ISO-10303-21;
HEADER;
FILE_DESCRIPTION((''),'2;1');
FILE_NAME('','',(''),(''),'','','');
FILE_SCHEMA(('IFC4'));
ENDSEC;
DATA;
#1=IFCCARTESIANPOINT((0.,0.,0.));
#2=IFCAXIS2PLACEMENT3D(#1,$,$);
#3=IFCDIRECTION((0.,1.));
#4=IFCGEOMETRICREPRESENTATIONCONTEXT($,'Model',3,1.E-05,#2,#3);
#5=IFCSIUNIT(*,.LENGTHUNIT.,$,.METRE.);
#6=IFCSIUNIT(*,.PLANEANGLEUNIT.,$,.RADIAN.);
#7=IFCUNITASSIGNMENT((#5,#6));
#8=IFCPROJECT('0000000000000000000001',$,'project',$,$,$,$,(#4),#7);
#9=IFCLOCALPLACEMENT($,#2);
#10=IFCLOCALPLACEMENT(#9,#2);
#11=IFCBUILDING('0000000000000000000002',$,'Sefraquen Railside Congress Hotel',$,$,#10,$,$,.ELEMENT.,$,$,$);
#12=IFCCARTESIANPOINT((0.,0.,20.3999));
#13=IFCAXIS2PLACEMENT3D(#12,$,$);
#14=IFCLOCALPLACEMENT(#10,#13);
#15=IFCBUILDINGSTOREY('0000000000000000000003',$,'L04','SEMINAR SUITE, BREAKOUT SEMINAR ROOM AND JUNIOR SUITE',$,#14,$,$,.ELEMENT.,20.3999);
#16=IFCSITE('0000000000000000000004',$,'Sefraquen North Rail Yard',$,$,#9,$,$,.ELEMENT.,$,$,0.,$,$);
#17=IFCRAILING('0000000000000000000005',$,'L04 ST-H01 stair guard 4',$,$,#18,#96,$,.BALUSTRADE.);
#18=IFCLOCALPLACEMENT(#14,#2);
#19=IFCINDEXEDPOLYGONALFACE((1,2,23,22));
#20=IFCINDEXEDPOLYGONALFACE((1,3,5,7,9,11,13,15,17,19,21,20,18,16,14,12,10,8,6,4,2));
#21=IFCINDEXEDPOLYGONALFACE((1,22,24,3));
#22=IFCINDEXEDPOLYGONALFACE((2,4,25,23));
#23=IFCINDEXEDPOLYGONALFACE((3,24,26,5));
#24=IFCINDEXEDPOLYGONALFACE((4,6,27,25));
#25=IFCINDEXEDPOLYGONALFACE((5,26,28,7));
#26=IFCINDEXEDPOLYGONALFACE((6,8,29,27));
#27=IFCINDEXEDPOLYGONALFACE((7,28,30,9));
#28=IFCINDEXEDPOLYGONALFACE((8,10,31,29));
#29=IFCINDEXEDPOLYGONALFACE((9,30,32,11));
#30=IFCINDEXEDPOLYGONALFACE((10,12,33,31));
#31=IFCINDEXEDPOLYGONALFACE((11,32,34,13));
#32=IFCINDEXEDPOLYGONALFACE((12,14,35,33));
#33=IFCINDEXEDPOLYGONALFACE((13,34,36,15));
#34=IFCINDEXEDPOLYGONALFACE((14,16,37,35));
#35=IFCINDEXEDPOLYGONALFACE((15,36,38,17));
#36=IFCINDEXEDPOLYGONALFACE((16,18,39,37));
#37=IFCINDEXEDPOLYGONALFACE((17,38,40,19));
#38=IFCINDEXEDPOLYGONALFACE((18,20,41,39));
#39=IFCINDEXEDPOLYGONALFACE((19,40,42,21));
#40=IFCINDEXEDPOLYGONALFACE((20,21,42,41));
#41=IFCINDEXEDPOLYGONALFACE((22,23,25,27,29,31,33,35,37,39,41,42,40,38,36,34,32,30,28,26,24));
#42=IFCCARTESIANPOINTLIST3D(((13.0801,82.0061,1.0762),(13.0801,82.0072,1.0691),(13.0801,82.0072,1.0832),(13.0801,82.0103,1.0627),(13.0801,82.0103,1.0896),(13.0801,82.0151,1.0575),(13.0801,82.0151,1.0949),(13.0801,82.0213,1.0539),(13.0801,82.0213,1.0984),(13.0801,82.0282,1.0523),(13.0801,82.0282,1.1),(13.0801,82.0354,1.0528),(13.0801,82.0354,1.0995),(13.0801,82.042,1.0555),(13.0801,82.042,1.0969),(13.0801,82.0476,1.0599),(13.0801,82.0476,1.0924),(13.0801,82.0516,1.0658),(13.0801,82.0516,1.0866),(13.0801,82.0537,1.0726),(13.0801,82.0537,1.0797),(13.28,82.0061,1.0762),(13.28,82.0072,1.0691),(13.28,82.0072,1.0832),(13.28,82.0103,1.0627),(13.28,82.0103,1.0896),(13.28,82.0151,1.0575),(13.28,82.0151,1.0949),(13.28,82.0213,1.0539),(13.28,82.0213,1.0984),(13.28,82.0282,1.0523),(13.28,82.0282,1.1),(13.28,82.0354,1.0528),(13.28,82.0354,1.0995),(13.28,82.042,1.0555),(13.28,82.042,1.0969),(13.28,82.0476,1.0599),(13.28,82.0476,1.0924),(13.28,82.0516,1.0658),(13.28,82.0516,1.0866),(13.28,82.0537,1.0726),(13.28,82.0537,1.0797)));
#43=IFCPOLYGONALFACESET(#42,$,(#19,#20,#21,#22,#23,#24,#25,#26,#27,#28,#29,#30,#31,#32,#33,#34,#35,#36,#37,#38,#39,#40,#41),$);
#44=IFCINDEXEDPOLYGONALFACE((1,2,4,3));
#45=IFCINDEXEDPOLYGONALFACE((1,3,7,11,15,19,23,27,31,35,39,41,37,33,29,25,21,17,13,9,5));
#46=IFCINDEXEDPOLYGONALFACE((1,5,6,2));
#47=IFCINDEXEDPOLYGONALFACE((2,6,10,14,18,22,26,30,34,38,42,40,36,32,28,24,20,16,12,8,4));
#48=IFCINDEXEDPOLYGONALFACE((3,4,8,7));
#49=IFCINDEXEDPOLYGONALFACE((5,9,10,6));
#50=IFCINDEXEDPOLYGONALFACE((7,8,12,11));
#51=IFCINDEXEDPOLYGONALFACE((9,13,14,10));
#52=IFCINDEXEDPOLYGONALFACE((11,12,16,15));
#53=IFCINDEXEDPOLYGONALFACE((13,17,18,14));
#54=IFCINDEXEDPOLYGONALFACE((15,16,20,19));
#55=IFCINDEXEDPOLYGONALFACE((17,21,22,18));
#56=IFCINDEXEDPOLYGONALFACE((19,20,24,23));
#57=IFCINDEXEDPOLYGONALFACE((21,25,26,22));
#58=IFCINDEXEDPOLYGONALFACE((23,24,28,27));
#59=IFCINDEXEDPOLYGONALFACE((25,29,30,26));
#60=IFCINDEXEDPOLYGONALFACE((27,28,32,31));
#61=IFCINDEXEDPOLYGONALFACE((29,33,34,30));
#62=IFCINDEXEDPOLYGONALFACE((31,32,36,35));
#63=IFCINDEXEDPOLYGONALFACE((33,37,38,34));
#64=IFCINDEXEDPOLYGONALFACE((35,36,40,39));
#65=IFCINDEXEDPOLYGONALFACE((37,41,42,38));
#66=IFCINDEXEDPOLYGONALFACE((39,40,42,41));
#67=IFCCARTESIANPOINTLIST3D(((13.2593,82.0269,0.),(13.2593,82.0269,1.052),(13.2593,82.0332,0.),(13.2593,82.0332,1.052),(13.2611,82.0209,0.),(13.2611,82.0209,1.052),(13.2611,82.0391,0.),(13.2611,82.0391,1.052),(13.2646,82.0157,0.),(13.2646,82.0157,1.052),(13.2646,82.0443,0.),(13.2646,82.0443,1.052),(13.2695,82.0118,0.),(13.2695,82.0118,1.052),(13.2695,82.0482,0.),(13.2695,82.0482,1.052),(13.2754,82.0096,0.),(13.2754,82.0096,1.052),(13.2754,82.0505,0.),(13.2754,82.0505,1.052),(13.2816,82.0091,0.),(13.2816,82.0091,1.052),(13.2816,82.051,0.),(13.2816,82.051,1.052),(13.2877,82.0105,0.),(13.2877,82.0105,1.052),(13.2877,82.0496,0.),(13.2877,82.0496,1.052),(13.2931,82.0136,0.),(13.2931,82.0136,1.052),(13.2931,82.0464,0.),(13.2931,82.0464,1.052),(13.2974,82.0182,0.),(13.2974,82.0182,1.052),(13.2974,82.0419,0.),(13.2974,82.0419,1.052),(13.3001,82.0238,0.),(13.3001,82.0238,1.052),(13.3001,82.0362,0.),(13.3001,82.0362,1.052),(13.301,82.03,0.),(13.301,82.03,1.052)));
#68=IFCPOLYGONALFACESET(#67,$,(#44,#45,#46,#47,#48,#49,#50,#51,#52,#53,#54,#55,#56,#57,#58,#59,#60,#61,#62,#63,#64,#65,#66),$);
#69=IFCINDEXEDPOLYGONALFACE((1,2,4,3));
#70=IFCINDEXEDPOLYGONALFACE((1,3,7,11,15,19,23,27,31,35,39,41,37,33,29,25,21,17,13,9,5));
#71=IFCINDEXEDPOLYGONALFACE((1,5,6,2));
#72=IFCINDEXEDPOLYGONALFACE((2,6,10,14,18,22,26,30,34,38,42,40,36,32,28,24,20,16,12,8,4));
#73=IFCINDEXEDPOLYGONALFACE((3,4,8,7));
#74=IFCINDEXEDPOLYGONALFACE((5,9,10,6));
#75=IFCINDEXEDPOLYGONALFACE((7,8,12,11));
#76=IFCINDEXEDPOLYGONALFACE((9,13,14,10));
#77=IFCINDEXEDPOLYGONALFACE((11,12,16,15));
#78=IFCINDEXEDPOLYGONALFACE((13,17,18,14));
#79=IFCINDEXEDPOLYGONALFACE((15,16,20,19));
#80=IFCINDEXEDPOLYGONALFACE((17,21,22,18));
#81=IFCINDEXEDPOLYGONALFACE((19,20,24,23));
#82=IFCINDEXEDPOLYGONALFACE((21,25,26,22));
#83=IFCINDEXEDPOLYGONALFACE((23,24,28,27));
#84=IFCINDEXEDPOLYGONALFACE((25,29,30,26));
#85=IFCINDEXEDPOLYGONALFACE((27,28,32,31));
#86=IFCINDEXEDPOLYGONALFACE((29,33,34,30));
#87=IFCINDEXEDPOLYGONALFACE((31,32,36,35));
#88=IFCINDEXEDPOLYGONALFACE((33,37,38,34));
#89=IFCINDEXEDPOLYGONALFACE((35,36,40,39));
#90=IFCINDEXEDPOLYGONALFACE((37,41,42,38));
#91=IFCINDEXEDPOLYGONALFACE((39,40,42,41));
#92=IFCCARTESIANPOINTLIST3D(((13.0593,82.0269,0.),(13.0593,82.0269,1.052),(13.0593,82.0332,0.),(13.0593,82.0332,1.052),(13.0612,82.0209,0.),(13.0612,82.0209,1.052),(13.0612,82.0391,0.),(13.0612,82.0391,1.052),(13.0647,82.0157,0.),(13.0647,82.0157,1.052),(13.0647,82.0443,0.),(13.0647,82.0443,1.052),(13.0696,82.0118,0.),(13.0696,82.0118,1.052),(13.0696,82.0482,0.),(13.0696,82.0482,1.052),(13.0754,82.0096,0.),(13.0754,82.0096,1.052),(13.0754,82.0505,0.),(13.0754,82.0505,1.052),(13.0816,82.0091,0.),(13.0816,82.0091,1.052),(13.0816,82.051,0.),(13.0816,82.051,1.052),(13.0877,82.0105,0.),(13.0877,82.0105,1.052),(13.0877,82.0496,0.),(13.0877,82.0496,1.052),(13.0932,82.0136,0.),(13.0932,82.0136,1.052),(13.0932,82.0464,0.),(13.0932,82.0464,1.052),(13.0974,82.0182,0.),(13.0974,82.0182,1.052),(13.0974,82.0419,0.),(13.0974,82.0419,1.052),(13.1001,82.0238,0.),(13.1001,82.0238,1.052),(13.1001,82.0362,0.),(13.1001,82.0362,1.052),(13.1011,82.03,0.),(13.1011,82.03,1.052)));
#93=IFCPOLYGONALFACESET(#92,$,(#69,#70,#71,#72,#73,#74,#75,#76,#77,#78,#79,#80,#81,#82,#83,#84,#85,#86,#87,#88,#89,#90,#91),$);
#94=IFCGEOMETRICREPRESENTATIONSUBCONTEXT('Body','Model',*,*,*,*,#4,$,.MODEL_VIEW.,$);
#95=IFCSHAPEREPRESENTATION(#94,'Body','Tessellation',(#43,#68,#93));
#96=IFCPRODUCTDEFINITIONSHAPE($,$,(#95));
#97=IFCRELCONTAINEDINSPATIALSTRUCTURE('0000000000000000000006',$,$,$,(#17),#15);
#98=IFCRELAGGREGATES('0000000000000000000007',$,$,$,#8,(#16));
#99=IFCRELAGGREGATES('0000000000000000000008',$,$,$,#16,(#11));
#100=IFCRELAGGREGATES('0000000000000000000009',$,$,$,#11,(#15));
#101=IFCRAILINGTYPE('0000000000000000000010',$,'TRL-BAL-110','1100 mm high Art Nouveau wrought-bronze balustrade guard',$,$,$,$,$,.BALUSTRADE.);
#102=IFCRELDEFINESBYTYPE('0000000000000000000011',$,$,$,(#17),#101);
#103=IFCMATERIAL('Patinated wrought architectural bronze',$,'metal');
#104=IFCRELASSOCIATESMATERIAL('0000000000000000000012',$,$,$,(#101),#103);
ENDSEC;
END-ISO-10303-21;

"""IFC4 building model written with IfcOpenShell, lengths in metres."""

from ifc_helpers import new_model, si_unit, direction, frame, origin, origin_2d, place, context, subcontext, project, spatial, circle, extrude, material, type_object, element, save


model = new_model("IFC4")

# Units and contexts
model_context = context("Model", 3, precision=1e-05, world=origin(), true_north=direction((0.0, 1.0)))
body_context = subcontext(model_context, "Body", "Model", "MODEL_VIEW")
ifc_project = project(units=[si_unit("LENGTHUNIT", "METRE"), si_unit("PLANEANGLEUNIT", "RADIAN")], contexts=[model_context])

# Site, building, storey
site_placement = place(None, origin())
site = spatial("IfcSite", under=ifc_project, at=site_placement, Name="Sefraquen North Rail Yard", CompositionType="ELEMENT", RefElevation=0.0)
building_placement = place(site_placement, origin())
building = spatial("IfcBuilding", under=site, at=building_placement, Name="Sefraquen Railside Congress Hotel", CompositionType="ELEMENT")
storey_placement = place(building_placement, frame((0.0, 0.0, 20.3999)))
storey = spatial("IfcBuildingStorey", under=building, at=storey_placement, Name="L04", Description="SEMINAR SUITE, BREAKOUT SEMINAR ROOM AND JUNIOR SUITE", CompositionType="ELEMENT", Elevation=20.3999)

# Railing
ifc_material_1 = material(Name="Patinated wrought architectural bronze", Category="metal")
railing_type_1 = type_object("IfcRailingType", Name="TRL-BAL-110", Description="1100 mm high Art Nouveau wrought-bronze balustrade guard", PredefinedType="BALUSTRADE", material=ifc_material_1)
railing_1_placement = place(storey_placement, frame((13.28, 82.03, 0.0)))
element("IfcRailing", 1, at=railing_1_placement, inside=storey, type_object=railing_type_1, Name="L04 ST-H01 stair guard 4", PredefinedType="BALUSTRADE", context=body_context, shape_type="SweptSolid", body=[
    extrude(circle(Radius=0.0239, at=origin_2d()), frame((0.0, 0.0, 1.0762), z_axis=(-1.0, 0.0, 0.0), x_axis=(0.0, -1.0, 0.0)), (0.0, 0.0, 1.0), 0.2),
    extrude(circle(Radius=0.021, at=origin_2d()), origin(), (0.0, 0.0, 1.0), 1.052),
    extrude(circle(Radius=0.021, at=origin_2d()), frame((-0.2, 0.0, 0.0)), (0.0, 0.0, 1.0), 1.052),
])

save(model, "model.ifc")
